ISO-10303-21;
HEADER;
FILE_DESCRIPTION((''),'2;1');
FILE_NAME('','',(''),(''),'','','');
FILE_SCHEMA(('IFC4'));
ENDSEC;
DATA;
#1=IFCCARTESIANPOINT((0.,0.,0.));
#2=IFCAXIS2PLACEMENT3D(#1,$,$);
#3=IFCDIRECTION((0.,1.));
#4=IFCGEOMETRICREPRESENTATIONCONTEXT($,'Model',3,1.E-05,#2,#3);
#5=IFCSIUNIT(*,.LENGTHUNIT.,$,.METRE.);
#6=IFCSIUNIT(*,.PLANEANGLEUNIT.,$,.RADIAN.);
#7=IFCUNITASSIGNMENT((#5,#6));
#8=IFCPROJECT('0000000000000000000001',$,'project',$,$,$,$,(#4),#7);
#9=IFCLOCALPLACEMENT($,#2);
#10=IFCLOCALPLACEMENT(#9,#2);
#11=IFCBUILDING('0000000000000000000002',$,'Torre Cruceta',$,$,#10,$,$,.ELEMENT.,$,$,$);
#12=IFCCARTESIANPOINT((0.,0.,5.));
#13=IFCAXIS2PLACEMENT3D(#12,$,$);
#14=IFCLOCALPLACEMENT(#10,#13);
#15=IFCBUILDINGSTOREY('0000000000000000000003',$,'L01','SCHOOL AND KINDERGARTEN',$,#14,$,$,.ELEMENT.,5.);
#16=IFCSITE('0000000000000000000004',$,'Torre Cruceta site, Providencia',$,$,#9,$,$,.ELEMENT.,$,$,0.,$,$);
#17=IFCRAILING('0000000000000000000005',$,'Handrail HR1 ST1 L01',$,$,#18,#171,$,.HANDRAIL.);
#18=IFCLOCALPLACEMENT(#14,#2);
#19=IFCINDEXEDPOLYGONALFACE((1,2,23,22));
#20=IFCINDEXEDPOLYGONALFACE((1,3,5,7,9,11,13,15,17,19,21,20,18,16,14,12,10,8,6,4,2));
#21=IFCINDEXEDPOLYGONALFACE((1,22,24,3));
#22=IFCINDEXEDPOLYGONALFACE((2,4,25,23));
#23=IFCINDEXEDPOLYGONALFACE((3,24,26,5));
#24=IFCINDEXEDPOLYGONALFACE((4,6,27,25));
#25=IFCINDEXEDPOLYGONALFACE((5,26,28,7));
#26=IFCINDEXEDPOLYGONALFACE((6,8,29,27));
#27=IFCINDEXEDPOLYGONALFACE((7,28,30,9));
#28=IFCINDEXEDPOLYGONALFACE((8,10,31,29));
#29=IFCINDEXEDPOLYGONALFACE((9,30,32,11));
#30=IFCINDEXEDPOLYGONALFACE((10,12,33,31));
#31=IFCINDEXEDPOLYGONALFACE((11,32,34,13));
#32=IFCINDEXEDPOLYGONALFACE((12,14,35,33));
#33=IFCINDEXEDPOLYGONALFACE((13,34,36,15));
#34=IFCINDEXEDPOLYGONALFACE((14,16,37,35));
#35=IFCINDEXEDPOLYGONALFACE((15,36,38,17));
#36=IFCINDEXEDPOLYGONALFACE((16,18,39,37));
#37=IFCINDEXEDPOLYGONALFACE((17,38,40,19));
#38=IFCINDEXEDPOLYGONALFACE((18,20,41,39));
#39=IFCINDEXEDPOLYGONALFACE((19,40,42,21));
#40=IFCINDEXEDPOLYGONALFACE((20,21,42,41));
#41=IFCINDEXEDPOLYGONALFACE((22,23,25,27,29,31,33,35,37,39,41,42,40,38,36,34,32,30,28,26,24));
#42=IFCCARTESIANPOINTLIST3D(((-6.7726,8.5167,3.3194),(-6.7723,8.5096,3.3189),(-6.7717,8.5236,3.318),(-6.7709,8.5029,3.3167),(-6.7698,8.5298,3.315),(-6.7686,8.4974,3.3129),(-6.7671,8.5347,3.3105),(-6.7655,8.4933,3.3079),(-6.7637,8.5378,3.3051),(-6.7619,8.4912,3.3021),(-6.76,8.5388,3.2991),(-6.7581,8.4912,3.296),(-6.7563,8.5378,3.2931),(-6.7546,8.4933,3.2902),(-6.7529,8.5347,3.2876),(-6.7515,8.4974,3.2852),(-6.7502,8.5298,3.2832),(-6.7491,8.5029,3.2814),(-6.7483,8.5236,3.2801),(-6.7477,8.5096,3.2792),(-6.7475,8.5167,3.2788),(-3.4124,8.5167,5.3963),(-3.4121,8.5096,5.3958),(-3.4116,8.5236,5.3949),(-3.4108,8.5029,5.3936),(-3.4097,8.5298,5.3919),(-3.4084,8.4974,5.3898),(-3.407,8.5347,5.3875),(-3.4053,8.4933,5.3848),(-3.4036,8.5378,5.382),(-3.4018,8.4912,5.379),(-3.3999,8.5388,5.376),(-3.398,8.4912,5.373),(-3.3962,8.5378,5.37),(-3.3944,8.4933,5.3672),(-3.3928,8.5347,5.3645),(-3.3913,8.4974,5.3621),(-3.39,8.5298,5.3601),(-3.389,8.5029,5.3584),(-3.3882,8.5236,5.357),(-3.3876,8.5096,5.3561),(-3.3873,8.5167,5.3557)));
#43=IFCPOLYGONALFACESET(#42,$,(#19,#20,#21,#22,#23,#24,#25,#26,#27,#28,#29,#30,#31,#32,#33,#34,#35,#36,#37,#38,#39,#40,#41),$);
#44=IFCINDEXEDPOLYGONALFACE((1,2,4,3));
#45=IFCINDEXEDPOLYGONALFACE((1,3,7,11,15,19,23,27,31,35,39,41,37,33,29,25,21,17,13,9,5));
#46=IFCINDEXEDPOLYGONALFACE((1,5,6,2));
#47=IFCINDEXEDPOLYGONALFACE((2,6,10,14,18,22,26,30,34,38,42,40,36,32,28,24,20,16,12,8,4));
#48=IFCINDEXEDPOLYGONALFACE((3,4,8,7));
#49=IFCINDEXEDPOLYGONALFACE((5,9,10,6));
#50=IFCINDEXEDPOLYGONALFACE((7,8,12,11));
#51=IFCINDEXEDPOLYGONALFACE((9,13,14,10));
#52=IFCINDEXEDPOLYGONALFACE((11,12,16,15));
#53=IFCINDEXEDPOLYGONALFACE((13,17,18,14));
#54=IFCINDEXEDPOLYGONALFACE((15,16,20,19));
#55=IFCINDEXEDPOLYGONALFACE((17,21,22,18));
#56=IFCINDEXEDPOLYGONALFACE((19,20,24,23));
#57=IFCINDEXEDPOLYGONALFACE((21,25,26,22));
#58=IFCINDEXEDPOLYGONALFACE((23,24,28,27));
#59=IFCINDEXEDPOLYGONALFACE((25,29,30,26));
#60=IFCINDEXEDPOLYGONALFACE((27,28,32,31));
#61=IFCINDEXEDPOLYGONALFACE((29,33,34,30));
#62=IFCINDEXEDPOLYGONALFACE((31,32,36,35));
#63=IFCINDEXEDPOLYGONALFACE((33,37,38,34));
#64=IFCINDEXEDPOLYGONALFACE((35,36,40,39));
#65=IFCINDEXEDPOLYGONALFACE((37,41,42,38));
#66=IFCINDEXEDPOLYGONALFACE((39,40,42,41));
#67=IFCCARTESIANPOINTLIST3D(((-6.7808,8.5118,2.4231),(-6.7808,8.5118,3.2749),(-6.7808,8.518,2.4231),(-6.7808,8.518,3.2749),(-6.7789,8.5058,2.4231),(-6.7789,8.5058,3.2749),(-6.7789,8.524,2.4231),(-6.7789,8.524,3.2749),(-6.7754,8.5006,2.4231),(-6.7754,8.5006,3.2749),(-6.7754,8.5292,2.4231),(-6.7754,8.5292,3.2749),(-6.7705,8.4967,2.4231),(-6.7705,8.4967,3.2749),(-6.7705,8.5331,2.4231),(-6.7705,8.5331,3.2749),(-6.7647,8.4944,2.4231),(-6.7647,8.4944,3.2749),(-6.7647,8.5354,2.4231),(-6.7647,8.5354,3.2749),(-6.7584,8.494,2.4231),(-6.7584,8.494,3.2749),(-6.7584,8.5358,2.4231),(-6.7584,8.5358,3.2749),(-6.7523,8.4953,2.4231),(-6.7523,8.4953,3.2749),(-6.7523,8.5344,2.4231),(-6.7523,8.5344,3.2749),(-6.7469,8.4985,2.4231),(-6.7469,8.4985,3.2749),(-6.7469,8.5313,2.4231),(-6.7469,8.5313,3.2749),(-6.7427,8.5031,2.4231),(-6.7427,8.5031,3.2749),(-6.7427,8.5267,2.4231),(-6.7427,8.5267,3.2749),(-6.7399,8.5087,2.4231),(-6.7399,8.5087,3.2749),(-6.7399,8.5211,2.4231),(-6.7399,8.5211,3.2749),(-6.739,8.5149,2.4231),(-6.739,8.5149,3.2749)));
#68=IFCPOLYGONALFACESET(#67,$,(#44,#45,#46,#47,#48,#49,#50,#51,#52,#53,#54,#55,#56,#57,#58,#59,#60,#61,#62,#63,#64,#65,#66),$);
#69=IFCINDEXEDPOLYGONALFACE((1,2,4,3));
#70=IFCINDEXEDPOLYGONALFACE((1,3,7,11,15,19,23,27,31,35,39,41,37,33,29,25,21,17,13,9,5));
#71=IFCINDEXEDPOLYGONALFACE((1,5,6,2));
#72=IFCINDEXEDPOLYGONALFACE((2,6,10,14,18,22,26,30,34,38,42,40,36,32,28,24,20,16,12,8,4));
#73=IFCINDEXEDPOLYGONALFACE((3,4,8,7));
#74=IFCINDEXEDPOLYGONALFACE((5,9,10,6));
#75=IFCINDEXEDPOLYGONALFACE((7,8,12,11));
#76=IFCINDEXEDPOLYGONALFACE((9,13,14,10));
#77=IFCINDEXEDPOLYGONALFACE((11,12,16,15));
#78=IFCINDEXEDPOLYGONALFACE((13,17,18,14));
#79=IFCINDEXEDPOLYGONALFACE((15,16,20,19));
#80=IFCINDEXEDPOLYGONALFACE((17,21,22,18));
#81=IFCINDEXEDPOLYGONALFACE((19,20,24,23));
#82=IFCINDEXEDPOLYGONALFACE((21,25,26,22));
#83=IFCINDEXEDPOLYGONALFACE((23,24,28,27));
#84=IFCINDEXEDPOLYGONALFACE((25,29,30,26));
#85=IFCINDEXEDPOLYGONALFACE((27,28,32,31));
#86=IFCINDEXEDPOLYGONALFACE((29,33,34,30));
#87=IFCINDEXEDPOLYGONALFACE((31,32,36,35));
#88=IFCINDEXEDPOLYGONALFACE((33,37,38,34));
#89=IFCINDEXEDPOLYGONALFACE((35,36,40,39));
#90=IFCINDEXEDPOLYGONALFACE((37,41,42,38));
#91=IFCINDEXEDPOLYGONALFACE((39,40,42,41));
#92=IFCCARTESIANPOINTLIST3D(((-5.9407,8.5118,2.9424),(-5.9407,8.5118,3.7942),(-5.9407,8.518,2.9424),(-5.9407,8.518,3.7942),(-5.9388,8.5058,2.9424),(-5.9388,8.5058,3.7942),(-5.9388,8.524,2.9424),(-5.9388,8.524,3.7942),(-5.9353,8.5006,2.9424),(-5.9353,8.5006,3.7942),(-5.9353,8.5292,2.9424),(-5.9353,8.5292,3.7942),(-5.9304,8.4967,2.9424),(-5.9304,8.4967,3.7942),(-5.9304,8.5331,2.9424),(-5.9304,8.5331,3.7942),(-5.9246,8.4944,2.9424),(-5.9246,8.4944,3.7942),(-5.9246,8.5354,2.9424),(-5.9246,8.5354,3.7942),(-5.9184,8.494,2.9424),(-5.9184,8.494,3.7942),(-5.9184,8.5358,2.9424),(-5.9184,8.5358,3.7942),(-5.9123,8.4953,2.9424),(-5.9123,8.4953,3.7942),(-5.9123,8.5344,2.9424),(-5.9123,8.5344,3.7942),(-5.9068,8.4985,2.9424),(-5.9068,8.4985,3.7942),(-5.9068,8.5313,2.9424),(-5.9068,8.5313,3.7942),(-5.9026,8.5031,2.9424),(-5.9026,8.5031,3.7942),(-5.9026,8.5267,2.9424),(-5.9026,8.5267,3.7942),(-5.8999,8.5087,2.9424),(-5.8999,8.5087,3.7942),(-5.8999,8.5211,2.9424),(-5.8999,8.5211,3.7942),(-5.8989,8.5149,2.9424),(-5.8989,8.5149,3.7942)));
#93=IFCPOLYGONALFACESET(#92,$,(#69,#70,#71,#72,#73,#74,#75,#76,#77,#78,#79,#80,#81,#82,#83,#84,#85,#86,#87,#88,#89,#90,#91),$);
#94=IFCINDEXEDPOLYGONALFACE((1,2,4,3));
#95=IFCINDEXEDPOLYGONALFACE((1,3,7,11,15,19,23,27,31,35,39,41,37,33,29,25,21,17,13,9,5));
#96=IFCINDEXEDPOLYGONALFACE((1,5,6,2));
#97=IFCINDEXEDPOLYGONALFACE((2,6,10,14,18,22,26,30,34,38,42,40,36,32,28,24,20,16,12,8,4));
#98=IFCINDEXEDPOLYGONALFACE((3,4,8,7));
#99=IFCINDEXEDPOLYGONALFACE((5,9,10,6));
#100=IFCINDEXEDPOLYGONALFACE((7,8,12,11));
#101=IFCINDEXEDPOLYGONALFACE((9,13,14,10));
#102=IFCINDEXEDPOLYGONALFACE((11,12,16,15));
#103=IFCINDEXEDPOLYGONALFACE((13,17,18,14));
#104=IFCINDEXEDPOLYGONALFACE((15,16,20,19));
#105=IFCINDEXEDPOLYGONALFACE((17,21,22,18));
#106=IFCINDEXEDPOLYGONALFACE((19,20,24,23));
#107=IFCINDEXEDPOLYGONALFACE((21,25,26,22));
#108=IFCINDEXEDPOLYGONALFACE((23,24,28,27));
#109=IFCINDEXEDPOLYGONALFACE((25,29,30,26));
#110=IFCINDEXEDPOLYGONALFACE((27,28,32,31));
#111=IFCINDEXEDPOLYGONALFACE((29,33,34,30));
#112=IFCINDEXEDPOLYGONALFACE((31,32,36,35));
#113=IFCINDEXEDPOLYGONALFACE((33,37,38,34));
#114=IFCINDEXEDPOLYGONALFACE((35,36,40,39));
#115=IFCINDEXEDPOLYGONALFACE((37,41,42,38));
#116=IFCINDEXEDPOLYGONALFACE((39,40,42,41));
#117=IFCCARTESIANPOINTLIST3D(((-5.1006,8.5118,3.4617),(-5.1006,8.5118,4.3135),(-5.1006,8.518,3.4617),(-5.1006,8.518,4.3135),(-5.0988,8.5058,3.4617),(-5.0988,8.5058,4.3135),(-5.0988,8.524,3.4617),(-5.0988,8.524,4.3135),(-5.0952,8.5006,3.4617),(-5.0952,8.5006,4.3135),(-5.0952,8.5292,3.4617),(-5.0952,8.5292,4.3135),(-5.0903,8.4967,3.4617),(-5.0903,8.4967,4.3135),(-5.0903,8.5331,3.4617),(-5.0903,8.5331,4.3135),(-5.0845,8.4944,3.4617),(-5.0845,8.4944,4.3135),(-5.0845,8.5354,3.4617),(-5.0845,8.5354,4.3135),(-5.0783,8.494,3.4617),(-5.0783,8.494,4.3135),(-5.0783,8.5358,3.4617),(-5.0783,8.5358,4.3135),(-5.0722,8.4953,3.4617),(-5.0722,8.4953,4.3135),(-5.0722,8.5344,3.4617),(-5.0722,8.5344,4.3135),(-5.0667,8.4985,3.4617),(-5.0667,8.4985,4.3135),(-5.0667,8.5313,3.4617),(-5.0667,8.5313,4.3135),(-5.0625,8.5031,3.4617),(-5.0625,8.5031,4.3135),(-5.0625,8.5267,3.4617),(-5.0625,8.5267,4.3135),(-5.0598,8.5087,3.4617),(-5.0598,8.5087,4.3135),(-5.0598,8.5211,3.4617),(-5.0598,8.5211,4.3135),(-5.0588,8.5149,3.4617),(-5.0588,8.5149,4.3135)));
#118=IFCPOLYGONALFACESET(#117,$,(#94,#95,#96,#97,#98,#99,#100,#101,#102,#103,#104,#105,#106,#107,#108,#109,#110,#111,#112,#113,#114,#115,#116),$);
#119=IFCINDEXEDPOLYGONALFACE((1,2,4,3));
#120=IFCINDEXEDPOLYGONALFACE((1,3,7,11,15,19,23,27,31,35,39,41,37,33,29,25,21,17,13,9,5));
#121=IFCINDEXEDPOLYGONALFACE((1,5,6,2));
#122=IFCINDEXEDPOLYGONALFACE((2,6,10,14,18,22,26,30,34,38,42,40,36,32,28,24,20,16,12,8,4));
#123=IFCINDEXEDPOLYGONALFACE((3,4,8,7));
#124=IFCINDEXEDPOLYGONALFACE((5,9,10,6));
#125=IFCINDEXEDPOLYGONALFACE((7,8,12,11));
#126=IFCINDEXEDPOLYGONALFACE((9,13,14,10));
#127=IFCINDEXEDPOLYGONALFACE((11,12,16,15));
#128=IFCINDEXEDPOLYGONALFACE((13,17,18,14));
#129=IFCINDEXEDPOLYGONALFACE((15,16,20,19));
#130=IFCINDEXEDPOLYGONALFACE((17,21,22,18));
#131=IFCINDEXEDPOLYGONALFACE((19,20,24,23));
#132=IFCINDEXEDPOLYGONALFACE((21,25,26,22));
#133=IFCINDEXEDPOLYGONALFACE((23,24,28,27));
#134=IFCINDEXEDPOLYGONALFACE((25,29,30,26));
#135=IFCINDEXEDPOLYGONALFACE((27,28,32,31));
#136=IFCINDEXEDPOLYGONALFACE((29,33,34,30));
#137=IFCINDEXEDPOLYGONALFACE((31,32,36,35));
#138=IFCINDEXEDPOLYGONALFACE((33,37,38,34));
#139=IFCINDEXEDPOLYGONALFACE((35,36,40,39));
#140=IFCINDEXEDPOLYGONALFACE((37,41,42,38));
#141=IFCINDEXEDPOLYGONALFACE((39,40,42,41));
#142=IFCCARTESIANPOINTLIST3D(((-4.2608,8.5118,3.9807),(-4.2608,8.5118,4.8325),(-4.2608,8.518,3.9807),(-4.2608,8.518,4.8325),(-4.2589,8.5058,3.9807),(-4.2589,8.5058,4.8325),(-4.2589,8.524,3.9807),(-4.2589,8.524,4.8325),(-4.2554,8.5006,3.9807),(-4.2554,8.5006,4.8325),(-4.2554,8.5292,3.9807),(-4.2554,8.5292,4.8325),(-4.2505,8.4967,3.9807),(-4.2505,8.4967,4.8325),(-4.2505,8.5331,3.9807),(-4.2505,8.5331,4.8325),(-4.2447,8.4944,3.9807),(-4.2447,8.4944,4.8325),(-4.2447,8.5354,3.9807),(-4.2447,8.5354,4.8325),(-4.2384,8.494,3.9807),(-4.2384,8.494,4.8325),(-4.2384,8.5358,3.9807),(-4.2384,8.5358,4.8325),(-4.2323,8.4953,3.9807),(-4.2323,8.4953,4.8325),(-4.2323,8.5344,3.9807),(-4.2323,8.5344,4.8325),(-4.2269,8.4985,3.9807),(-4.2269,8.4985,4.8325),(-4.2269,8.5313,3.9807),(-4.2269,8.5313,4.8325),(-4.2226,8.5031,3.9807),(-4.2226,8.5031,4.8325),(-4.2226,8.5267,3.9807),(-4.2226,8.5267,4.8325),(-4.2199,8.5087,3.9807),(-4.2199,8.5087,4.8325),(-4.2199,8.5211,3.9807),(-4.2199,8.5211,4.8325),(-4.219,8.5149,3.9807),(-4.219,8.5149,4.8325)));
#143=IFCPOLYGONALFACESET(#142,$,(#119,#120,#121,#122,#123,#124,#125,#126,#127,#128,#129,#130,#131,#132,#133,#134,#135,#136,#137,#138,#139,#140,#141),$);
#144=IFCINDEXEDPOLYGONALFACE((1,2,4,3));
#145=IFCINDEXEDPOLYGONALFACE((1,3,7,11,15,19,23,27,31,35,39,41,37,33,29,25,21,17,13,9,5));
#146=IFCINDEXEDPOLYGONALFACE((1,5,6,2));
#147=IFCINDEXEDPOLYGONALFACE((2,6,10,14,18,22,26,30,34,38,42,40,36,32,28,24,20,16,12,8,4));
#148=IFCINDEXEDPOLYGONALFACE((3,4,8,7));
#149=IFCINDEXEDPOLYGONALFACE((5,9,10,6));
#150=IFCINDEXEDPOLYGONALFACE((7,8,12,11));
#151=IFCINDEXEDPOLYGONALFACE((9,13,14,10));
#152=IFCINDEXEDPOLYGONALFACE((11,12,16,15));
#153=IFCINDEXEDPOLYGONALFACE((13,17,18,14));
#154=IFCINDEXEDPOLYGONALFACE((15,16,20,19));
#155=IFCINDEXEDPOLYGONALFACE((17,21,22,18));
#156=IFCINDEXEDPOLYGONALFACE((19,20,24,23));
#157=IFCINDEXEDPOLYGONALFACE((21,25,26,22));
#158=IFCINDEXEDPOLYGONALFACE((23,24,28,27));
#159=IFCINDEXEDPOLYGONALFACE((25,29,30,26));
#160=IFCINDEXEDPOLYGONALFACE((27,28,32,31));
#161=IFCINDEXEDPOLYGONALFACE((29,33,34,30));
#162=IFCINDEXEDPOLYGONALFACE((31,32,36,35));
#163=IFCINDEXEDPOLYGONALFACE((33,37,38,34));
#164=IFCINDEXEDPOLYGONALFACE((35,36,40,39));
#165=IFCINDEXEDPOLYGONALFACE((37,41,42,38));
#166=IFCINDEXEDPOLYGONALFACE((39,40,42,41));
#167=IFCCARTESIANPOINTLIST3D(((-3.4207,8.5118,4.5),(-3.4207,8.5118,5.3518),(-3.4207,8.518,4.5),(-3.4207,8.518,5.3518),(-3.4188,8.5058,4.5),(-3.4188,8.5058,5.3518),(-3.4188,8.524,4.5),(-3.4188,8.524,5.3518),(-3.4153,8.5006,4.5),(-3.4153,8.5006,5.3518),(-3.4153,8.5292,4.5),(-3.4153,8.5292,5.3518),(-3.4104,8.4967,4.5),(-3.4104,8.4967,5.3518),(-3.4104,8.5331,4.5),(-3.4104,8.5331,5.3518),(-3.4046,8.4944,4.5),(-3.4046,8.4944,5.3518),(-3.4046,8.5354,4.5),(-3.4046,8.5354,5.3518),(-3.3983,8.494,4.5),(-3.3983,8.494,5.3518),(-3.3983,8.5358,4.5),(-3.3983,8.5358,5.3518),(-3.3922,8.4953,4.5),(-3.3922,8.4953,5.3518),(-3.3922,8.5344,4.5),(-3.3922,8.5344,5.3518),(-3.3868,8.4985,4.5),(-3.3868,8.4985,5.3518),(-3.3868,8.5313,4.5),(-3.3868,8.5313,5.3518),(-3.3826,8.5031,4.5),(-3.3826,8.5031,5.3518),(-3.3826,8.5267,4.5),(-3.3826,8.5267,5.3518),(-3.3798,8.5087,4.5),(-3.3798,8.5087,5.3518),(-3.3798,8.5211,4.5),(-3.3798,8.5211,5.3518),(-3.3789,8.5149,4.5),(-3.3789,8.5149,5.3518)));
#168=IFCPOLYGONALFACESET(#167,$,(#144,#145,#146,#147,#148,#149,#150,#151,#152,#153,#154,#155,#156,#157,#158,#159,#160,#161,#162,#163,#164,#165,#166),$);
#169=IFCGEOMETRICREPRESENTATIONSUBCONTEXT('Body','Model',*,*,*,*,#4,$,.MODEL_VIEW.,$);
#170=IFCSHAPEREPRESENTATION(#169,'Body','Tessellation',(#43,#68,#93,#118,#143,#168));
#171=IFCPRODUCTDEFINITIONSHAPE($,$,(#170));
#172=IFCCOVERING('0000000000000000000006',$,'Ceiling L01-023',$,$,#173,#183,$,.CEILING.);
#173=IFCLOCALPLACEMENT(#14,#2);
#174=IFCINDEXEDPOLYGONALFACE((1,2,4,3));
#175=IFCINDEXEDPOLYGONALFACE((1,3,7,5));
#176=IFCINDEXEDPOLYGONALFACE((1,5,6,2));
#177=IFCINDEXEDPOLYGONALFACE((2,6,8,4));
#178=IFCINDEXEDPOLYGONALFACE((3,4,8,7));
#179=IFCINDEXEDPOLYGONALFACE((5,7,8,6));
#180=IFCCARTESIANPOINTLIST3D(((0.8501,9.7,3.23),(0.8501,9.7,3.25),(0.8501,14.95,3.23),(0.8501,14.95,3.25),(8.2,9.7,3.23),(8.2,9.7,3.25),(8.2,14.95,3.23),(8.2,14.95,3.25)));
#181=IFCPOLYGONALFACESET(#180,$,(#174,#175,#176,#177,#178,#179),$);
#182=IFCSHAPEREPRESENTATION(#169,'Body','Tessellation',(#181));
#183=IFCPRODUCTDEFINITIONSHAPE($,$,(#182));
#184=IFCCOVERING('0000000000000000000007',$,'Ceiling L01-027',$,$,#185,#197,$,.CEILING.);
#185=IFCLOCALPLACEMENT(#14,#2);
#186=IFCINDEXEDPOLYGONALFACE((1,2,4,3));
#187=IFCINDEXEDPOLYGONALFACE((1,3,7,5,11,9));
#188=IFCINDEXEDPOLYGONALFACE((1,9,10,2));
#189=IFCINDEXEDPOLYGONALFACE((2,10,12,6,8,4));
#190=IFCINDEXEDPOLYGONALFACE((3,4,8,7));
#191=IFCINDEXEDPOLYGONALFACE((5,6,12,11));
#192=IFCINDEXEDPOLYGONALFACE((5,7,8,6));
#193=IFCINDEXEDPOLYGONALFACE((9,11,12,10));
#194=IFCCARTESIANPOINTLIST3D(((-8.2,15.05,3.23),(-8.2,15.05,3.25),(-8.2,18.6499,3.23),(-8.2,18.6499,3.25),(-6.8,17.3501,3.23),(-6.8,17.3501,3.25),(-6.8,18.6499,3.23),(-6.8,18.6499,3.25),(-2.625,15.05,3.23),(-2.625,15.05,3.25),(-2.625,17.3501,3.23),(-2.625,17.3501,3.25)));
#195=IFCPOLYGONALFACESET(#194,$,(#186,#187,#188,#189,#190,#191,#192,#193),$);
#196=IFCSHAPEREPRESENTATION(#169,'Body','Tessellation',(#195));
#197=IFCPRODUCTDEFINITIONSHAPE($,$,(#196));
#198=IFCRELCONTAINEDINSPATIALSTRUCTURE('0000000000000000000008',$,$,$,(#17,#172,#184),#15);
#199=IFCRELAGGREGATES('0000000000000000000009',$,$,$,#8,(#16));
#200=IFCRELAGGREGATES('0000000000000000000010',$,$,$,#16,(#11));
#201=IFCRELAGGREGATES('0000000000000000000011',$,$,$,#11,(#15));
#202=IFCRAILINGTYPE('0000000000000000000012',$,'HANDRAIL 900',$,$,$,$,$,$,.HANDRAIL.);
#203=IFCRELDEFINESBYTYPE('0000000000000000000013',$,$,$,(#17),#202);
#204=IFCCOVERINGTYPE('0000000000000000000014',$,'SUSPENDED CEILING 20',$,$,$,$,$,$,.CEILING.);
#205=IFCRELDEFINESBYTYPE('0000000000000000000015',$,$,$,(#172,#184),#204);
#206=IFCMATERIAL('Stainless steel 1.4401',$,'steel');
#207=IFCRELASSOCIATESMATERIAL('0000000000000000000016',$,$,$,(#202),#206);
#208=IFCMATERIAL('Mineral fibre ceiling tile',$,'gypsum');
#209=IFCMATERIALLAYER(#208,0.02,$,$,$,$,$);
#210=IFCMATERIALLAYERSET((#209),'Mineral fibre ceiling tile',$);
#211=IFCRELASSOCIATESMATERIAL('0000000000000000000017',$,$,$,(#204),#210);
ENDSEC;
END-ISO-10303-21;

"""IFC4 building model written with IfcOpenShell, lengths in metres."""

from ifc_helpers import new_model, si_unit, direction, frame, origin, origin_2d, place, context, subcontext, project, spatial, polyline, circle, outline, extrude, material, layer, layer_set, type_object, element, save


model = new_model("IFC4")

# Units and contexts
model_context = context("Model", 3, precision=1e-05, world=origin(), true_north=direction((0.0, 1.0)))
body_context = subcontext(model_context, "Body", "Model", "MODEL_VIEW")
ifc_project = project(units=[si_unit("LENGTHUNIT", "METRE"), si_unit("PLANEANGLEUNIT", "RADIAN")], contexts=[model_context])

# Site, building, storey
site_placement = place(None, origin())
site = spatial("IfcSite", under=ifc_project, at=site_placement, Name="Torre Cruceta site, Providencia", CompositionType="ELEMENT", RefElevation=0.0)
building_placement = place(site_placement, origin())
building = spatial("IfcBuilding", under=site, at=building_placement, Name="Torre Cruceta", CompositionType="ELEMENT")
storey_placement = place(building_placement, frame((0.0, 0.0, 5.0)))
storey = spatial("IfcBuildingStorey", under=building, at=storey_placement, Name="L01", Description="SCHOOL AND KINDERGARTEN", CompositionType="ELEMENT", Elevation=5.0)

# Railing
ifc_material_1 = material(Name="Stainless steel 1.4401", Category="steel")
railing_type = type_object("IfcRailingType", Name="HANDRAIL 900", PredefinedType="HANDRAIL", material=ifc_material_1)
railing_1_placement = place(storey_placement, frame((-6.76, 8.5149, 2.4231)))
element("IfcRailing", 1, at=railing_1_placement, inside=storey, type_object=railing_type, Name="Handrail HR1 ST1 L01", PredefinedType="HANDRAIL", context=body_context, shape_type="SweptSolid", body=[
    extrude(circle(Radius=0.0239, at=origin_2d()), frame((0.0, 0.0, 0.876), z_axis=(0.850623, 0.0, 0.525776), x_axis=(0.0, 1.0, 0.0)), (0.0, 0.0, 1.0), 3.9502),
    extrude(circle(Radius=0.021, at=origin_2d()), origin(), (0.0, 0.0, 1.0), 0.8518),
    extrude(circle(Radius=0.021, at=origin_2d()), frame((0.8401, 0.0, 0.5193)), (0.0, 0.0, 1.0), 0.8518),
    extrude(circle(Radius=0.021, at=origin_2d()), frame((1.6802, 0.0, 1.0386)), (0.0, 0.0, 1.0), 0.8518),
    extrude(circle(Radius=0.021, at=origin_2d()), frame((2.52, 0.0, 1.5576)), (0.0, 0.0, 1.0), 0.8518),
    extrude(circle(Radius=0.021, at=origin_2d()), frame((3.3601, 0.0, 2.0769)), (0.0, 0.0, 1.0), 0.8518),
])

# Coverings
ifc_material_2 = material(Name="Mineral fibre ceiling tile", Category="gypsum")
ifc_layer_1 = layer(ifc_material_2, 0.02)
ifc_layer_set_1 = layer_set([ifc_layer_1], Name="Mineral fibre ceiling tile")
covering_type = type_object("IfcCoveringType", Name="SUSPENDED CEILING 20", PredefinedType="CEILING", material=ifc_layer_set_1)
covering_1_placement = place(storey_placement, frame((0.0, 0.0, 3.23)))
element("IfcCovering", 2, at=covering_1_placement, inside=storey, type_object=covering_type, Name="Ceiling L01-023", PredefinedType="CEILING", context=body_context, shape_type="SweptSolid", body=[
    extrude(outline(polyline([(8.2, 9.7), (0.8501, 9.7), (0.8501, 14.95), (8.2, 14.95), (8.2, 9.7)])), origin(), (0.0, 0.0, 1.0), 0.02),
])
covering_2_placement = place(storey_placement, frame((0.0, 0.0, 3.23)))
element("IfcCovering", 3, at=covering_2_placement, inside=storey, type_object=covering_type, Name="Ceiling L01-027", PredefinedType="CEILING", context=body_context, shape_type="SweptSolid", body=[
    extrude(outline(polyline([(-2.625, 15.05), (-8.2, 15.05), (-8.2, 18.6499), (-6.8, 18.6499), (-6.8, 17.3501), (-2.625, 17.3501), (-2.625, 15.05)])), origin(), (0.0, 0.0, 1.0), 0.02),
])

save(model, "model.ifc")
